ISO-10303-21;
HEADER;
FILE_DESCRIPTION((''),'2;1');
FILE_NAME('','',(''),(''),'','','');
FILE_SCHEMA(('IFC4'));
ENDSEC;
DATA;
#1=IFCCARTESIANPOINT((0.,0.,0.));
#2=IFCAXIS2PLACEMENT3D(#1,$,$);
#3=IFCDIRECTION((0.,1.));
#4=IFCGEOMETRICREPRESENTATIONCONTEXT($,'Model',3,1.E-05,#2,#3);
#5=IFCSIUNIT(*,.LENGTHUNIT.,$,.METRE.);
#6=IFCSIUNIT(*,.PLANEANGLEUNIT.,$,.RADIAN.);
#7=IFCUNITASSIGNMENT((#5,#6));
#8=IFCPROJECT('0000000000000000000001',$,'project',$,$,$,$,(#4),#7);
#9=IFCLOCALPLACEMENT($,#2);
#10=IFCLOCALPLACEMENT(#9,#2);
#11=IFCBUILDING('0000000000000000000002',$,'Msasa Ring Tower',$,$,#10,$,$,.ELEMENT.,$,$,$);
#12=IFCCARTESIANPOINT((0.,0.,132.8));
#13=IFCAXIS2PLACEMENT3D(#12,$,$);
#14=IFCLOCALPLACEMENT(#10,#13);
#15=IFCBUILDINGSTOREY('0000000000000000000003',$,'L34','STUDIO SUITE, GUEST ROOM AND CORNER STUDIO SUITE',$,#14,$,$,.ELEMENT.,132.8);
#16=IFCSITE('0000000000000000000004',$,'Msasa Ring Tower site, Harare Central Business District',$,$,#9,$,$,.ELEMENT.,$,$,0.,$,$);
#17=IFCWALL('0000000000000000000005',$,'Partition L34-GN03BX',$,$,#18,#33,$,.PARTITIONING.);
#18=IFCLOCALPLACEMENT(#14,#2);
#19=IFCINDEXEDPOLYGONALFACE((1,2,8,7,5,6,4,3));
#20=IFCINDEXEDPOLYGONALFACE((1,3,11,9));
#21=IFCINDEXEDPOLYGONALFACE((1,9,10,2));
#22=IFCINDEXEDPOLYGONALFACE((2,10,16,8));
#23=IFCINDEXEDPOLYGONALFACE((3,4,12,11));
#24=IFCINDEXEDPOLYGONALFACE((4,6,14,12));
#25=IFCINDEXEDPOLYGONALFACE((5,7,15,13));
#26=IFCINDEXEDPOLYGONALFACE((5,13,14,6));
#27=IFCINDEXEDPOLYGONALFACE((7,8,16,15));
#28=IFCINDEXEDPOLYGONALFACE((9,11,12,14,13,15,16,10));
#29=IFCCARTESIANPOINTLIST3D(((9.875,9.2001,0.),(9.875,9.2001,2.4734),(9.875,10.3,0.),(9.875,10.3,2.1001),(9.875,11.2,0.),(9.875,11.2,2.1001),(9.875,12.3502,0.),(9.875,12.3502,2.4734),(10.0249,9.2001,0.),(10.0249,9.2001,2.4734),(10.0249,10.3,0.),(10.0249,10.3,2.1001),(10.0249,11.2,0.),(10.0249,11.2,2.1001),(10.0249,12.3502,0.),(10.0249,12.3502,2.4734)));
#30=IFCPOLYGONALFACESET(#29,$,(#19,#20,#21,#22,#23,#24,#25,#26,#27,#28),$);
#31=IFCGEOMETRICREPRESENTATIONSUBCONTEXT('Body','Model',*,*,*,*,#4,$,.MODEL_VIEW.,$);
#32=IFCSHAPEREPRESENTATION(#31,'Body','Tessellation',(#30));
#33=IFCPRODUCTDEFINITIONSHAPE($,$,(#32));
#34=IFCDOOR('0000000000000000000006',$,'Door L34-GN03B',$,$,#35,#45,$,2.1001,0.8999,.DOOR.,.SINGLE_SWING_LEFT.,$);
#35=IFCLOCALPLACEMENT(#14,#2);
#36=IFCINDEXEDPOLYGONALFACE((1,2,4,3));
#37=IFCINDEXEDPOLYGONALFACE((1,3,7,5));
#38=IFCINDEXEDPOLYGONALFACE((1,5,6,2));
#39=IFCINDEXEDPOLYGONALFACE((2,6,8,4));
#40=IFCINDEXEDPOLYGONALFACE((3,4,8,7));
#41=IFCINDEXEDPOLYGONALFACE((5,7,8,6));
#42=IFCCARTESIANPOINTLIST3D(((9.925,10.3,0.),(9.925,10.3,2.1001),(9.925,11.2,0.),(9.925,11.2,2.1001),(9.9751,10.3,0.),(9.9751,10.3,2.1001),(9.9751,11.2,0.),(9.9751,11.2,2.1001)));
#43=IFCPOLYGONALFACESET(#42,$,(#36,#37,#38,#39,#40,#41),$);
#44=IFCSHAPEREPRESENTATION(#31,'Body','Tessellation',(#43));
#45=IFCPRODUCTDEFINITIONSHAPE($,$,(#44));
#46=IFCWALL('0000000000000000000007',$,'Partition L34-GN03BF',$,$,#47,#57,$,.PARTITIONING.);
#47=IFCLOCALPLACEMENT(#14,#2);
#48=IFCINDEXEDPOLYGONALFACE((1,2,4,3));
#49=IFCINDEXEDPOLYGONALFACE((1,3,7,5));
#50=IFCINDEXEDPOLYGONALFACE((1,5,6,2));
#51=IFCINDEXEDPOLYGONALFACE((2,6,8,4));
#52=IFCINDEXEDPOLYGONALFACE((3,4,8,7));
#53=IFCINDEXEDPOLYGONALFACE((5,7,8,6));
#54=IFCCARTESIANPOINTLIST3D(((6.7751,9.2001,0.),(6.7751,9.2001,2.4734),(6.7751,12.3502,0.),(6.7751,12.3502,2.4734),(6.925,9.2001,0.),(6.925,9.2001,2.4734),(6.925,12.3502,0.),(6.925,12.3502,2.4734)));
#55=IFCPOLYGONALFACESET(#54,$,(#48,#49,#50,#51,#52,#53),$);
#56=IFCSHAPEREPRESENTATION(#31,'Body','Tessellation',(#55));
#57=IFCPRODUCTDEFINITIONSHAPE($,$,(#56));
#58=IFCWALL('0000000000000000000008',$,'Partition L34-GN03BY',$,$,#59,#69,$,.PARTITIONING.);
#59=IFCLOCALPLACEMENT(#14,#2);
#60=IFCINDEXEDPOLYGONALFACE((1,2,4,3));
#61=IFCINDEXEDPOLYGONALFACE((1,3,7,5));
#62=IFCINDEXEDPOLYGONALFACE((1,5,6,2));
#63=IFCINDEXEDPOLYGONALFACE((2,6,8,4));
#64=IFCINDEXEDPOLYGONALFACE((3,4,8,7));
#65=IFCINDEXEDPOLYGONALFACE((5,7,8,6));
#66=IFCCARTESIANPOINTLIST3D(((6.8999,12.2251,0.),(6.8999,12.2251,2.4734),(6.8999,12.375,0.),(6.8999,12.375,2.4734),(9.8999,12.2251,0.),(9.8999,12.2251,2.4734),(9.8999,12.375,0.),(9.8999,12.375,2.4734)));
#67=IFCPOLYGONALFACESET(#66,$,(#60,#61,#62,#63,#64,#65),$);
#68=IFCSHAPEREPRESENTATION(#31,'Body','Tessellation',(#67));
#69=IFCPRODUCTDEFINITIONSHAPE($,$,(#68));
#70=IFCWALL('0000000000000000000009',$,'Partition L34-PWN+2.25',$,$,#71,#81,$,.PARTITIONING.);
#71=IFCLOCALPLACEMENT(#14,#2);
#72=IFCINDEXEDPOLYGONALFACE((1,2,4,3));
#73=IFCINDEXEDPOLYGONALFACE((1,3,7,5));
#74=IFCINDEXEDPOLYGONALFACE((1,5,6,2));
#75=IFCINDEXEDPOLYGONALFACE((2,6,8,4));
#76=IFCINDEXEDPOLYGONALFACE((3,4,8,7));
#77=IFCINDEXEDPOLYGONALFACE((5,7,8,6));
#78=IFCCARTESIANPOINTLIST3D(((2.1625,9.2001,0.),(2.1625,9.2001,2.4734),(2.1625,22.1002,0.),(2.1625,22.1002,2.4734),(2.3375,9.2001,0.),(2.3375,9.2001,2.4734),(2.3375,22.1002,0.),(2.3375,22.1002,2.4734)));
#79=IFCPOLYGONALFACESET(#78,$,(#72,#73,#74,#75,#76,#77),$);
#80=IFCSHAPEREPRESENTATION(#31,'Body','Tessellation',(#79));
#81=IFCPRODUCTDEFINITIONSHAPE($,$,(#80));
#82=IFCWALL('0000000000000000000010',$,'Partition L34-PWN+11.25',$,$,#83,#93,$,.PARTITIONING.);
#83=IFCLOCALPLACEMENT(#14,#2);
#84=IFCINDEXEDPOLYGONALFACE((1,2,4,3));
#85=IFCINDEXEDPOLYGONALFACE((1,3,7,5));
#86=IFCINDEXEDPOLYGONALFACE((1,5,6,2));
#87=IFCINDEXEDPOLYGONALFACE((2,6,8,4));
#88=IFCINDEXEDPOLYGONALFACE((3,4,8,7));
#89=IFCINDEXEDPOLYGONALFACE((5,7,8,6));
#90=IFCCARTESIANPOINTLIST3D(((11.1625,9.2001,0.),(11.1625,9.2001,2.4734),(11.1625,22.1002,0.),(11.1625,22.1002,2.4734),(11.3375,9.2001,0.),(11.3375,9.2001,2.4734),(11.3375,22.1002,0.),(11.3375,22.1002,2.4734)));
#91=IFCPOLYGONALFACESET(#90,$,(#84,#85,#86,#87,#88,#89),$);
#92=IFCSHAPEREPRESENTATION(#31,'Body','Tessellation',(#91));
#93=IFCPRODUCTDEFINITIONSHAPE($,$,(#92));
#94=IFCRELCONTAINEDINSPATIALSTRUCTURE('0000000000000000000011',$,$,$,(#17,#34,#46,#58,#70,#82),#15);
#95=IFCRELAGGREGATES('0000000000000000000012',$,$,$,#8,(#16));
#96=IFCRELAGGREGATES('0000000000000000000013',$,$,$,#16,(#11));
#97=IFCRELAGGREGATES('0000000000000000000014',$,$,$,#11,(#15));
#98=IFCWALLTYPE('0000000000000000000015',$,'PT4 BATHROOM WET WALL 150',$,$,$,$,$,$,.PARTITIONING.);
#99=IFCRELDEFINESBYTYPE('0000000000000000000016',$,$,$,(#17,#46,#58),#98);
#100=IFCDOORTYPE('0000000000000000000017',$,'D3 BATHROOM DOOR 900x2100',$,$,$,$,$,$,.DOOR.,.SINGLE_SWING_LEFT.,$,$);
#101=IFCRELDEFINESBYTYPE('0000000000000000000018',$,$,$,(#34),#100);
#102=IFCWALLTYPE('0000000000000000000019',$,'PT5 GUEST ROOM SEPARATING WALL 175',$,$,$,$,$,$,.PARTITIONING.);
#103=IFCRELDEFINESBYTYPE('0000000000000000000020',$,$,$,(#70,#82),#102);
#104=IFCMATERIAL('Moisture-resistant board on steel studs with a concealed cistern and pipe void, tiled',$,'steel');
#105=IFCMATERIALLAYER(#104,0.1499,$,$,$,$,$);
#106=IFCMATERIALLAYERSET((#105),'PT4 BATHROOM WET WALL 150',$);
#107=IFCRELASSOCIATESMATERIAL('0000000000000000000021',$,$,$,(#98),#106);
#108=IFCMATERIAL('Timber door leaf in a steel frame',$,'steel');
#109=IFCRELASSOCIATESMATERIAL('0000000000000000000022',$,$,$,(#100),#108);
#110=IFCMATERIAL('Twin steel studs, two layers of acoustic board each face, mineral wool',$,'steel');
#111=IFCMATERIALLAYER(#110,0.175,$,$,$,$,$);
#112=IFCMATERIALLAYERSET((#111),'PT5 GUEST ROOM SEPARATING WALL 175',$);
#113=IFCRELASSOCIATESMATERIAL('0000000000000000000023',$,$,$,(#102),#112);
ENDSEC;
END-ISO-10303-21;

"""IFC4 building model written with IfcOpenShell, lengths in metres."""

from ifc_helpers import new_model, si_unit, direction, frame, frame_2d, origin, place, context, subcontext, project, spatial, rectangle, extrude, material, layer, layer_set, type_object, element, fill, save


model = new_model("IFC4")

# Units and contexts
model_context = context("Model", 3, precision=1e-05, world=origin(), true_north=direction((0.0, 1.0)))
body_context = subcontext(model_context, "Body", "Model", "MODEL_VIEW")
ifc_project = project(units=[si_unit("LENGTHUNIT", "METRE"), si_unit("PLANEANGLEUNIT", "RADIAN")], contexts=[model_context])

# Site, building, storey
site_placement = place(None, origin())
site = spatial("IfcSite", under=ifc_project, at=site_placement, Name="Msasa Ring Tower site, Harare Central Business District", CompositionType="ELEMENT", RefElevation=0.0)
building_placement = place(site_placement, origin())
building = spatial("IfcBuilding", under=site, at=building_placement, Name="Msasa Ring Tower", CompositionType="ELEMENT")
storey_placement = place(building_placement, frame((0.0, 0.0, 132.8)))
storey = spatial("IfcBuildingStorey", under=building, at=storey_placement, Name="L34", Description="STUDIO SUITE, GUEST ROOM AND CORNER STUDIO SUITE", CompositionType="ELEMENT", Elevation=132.8)

# Wall, opening, door
ifc_material_1 = material(Name="Moisture-resistant board on steel studs with a concealed cistern and pipe void, tiled", Category="steel")
ifc_layer_1 = layer(ifc_material_1, 0.1499)
ifc_layer_set_1 = layer_set([ifc_layer_1], Name="PT4 BATHROOM WET WALL 150")
wall_type_1 = type_object("IfcWallType", Name="PT4 BATHROOM WET WALL 150", PredefinedType="PARTITIONING", material=ifc_layer_set_1)
wall_1_placement = place(storey_placement, frame((9.95, 9.2, 0.0), z_axis=(0.0, 0.0, 1.0), x_axis=(0.0, 1.0, 0.0)))
wall_1 = element("IfcWall", 1, at=wall_1_placement, inside=storey, type_object=wall_type_1, Name="Partition L34-GN03BX", PredefinedType="PARTITIONING", context=body_context, shape_type="SweptSolid", body=[
    extrude(rectangle(XDim=3.1501, YDim=0.1499, at=frame_2d((1.5752, 0.0))), origin(), (0.0, 0.0, 1.0), 2.4734),
])
opening_1_placement = place(wall_1_placement, frame((1.1001, 0.0, 0.0)))
opening_1 = element("IfcOpeningElement", 2, at=opening_1_placement, cuts=wall_1, PredefinedType="OPENING", context=body_context, shape_type="SweptSolid", body=[
    extrude(rectangle(XDim=0.8999, YDim=2.1001, at=frame_2d((0.45, 1.05))), frame((0.0, 0.085, 0.0), z_axis=(0.0, -1.0, 0.0), x_axis=(1.0, 0.0, 0.0)), (0.0, 0.0, 1.0), 0.1699),
])
ifc_material_2 = material(Name="Timber door leaf in a steel frame", Category="steel")
door_type = type_object("IfcDoorType", Name="D3 BATHROOM DOOR 900x2100", OperationType="SINGLE_SWING_LEFT", PredefinedType="DOOR", material=ifc_material_2)
door_placement = place(opening_1_placement, origin())
door = element("IfcDoor", 3, at=door_placement, inside=storey, type_object=door_type, Name="Door L34-GN03B", OperationType="SINGLE_SWING_LEFT", OverallHeight=2.1001, OverallWidth=0.8999, PredefinedType="DOOR", context=body_context, shape_type="SweptSolid", body=[
    extrude(rectangle(XDim=0.8999, YDim=2.1001, at=frame_2d((0.45, 1.05))), frame((0.0, 0.0249, 0.0), z_axis=(0.0, -1.0, 0.0), x_axis=(1.0, 0.0, 0.0)), (0.0, 0.0, 1.0), 0.05),
])
fill(opening_1, door)

# Walls
wall_2_placement = place(storey_placement, frame((6.8501, 9.2, 0.0), z_axis=(0.0, 0.0, 1.0), x_axis=(0.0, 1.0, 0.0)))
element("IfcWall", 4, at=wall_2_placement, inside=storey, type_object=wall_type_1, Name="Partition L34-GN03BF", PredefinedType="PARTITIONING", context=body_context, shape_type="SweptSolid", body=[
    extrude(rectangle(XDim=3.1501, YDim=0.1499, at=frame_2d((1.5752, 0.0))), origin(), (0.0, 0.0, 1.0), 2.4734),
])
wall_3_placement = place(storey_placement, frame((6.8999, 12.3, 0.0), z_axis=(0.0, 0.0, 1.0), x_axis=(1.0, 0.0, 0.0)))
element("IfcWall", 5, at=wall_3_placement, inside=storey, type_object=wall_type_1, Name="Partition L34-GN03BY", PredefinedType="PARTITIONING", context=body_context, shape_type="SweptSolid", body=[
    extrude(rectangle(XDim=3.0, YDim=0.1499, at=frame_2d((1.5, 0.0))), origin(), (0.0, 0.0, 1.0), 2.4734),
])
ifc_material_3 = material(Name="Twin steel studs, two layers of acoustic board each face, mineral wool", Category="steel")
ifc_layer_2 = layer(ifc_material_3, 0.175)
ifc_layer_set_2 = layer_set([ifc_layer_2], Name="PT5 GUEST ROOM SEPARATING WALL 175")
wall_type_2 = type_object("IfcWallType", Name="PT5 GUEST ROOM SEPARATING WALL 175", PredefinedType="PARTITIONING", material=ifc_layer_set_2)
for number, where, z_axis, x_axis, name in (
    (6, (2.25, 9.2, 0.0), (0.0, 0.0, 1.0), (0.0, 1.0, 0.0), "Partition L34-PWN+2.25"),
    (7, (11.25, 9.2, 0.0), (0.0, 0.0, 1.0), (0.0, 1.0, 0.0), "Partition L34-PWN+11.25"),
):
    element("IfcWall", number, at=place(storey_placement, frame(where, z_axis=z_axis, x_axis=x_axis)), inside=storey, type_object=wall_type_2, Name=name, PredefinedType="PARTITIONING", context=body_context, shape_type="SweptSolid", body=[
        extrude(rectangle(XDim=12.9001, YDim=0.175, at=frame_2d((6.4502, 0.0))), origin(), (0.0, 0.0, 1.0), 2.4734),
    ])

save(model, "model.ifc")
